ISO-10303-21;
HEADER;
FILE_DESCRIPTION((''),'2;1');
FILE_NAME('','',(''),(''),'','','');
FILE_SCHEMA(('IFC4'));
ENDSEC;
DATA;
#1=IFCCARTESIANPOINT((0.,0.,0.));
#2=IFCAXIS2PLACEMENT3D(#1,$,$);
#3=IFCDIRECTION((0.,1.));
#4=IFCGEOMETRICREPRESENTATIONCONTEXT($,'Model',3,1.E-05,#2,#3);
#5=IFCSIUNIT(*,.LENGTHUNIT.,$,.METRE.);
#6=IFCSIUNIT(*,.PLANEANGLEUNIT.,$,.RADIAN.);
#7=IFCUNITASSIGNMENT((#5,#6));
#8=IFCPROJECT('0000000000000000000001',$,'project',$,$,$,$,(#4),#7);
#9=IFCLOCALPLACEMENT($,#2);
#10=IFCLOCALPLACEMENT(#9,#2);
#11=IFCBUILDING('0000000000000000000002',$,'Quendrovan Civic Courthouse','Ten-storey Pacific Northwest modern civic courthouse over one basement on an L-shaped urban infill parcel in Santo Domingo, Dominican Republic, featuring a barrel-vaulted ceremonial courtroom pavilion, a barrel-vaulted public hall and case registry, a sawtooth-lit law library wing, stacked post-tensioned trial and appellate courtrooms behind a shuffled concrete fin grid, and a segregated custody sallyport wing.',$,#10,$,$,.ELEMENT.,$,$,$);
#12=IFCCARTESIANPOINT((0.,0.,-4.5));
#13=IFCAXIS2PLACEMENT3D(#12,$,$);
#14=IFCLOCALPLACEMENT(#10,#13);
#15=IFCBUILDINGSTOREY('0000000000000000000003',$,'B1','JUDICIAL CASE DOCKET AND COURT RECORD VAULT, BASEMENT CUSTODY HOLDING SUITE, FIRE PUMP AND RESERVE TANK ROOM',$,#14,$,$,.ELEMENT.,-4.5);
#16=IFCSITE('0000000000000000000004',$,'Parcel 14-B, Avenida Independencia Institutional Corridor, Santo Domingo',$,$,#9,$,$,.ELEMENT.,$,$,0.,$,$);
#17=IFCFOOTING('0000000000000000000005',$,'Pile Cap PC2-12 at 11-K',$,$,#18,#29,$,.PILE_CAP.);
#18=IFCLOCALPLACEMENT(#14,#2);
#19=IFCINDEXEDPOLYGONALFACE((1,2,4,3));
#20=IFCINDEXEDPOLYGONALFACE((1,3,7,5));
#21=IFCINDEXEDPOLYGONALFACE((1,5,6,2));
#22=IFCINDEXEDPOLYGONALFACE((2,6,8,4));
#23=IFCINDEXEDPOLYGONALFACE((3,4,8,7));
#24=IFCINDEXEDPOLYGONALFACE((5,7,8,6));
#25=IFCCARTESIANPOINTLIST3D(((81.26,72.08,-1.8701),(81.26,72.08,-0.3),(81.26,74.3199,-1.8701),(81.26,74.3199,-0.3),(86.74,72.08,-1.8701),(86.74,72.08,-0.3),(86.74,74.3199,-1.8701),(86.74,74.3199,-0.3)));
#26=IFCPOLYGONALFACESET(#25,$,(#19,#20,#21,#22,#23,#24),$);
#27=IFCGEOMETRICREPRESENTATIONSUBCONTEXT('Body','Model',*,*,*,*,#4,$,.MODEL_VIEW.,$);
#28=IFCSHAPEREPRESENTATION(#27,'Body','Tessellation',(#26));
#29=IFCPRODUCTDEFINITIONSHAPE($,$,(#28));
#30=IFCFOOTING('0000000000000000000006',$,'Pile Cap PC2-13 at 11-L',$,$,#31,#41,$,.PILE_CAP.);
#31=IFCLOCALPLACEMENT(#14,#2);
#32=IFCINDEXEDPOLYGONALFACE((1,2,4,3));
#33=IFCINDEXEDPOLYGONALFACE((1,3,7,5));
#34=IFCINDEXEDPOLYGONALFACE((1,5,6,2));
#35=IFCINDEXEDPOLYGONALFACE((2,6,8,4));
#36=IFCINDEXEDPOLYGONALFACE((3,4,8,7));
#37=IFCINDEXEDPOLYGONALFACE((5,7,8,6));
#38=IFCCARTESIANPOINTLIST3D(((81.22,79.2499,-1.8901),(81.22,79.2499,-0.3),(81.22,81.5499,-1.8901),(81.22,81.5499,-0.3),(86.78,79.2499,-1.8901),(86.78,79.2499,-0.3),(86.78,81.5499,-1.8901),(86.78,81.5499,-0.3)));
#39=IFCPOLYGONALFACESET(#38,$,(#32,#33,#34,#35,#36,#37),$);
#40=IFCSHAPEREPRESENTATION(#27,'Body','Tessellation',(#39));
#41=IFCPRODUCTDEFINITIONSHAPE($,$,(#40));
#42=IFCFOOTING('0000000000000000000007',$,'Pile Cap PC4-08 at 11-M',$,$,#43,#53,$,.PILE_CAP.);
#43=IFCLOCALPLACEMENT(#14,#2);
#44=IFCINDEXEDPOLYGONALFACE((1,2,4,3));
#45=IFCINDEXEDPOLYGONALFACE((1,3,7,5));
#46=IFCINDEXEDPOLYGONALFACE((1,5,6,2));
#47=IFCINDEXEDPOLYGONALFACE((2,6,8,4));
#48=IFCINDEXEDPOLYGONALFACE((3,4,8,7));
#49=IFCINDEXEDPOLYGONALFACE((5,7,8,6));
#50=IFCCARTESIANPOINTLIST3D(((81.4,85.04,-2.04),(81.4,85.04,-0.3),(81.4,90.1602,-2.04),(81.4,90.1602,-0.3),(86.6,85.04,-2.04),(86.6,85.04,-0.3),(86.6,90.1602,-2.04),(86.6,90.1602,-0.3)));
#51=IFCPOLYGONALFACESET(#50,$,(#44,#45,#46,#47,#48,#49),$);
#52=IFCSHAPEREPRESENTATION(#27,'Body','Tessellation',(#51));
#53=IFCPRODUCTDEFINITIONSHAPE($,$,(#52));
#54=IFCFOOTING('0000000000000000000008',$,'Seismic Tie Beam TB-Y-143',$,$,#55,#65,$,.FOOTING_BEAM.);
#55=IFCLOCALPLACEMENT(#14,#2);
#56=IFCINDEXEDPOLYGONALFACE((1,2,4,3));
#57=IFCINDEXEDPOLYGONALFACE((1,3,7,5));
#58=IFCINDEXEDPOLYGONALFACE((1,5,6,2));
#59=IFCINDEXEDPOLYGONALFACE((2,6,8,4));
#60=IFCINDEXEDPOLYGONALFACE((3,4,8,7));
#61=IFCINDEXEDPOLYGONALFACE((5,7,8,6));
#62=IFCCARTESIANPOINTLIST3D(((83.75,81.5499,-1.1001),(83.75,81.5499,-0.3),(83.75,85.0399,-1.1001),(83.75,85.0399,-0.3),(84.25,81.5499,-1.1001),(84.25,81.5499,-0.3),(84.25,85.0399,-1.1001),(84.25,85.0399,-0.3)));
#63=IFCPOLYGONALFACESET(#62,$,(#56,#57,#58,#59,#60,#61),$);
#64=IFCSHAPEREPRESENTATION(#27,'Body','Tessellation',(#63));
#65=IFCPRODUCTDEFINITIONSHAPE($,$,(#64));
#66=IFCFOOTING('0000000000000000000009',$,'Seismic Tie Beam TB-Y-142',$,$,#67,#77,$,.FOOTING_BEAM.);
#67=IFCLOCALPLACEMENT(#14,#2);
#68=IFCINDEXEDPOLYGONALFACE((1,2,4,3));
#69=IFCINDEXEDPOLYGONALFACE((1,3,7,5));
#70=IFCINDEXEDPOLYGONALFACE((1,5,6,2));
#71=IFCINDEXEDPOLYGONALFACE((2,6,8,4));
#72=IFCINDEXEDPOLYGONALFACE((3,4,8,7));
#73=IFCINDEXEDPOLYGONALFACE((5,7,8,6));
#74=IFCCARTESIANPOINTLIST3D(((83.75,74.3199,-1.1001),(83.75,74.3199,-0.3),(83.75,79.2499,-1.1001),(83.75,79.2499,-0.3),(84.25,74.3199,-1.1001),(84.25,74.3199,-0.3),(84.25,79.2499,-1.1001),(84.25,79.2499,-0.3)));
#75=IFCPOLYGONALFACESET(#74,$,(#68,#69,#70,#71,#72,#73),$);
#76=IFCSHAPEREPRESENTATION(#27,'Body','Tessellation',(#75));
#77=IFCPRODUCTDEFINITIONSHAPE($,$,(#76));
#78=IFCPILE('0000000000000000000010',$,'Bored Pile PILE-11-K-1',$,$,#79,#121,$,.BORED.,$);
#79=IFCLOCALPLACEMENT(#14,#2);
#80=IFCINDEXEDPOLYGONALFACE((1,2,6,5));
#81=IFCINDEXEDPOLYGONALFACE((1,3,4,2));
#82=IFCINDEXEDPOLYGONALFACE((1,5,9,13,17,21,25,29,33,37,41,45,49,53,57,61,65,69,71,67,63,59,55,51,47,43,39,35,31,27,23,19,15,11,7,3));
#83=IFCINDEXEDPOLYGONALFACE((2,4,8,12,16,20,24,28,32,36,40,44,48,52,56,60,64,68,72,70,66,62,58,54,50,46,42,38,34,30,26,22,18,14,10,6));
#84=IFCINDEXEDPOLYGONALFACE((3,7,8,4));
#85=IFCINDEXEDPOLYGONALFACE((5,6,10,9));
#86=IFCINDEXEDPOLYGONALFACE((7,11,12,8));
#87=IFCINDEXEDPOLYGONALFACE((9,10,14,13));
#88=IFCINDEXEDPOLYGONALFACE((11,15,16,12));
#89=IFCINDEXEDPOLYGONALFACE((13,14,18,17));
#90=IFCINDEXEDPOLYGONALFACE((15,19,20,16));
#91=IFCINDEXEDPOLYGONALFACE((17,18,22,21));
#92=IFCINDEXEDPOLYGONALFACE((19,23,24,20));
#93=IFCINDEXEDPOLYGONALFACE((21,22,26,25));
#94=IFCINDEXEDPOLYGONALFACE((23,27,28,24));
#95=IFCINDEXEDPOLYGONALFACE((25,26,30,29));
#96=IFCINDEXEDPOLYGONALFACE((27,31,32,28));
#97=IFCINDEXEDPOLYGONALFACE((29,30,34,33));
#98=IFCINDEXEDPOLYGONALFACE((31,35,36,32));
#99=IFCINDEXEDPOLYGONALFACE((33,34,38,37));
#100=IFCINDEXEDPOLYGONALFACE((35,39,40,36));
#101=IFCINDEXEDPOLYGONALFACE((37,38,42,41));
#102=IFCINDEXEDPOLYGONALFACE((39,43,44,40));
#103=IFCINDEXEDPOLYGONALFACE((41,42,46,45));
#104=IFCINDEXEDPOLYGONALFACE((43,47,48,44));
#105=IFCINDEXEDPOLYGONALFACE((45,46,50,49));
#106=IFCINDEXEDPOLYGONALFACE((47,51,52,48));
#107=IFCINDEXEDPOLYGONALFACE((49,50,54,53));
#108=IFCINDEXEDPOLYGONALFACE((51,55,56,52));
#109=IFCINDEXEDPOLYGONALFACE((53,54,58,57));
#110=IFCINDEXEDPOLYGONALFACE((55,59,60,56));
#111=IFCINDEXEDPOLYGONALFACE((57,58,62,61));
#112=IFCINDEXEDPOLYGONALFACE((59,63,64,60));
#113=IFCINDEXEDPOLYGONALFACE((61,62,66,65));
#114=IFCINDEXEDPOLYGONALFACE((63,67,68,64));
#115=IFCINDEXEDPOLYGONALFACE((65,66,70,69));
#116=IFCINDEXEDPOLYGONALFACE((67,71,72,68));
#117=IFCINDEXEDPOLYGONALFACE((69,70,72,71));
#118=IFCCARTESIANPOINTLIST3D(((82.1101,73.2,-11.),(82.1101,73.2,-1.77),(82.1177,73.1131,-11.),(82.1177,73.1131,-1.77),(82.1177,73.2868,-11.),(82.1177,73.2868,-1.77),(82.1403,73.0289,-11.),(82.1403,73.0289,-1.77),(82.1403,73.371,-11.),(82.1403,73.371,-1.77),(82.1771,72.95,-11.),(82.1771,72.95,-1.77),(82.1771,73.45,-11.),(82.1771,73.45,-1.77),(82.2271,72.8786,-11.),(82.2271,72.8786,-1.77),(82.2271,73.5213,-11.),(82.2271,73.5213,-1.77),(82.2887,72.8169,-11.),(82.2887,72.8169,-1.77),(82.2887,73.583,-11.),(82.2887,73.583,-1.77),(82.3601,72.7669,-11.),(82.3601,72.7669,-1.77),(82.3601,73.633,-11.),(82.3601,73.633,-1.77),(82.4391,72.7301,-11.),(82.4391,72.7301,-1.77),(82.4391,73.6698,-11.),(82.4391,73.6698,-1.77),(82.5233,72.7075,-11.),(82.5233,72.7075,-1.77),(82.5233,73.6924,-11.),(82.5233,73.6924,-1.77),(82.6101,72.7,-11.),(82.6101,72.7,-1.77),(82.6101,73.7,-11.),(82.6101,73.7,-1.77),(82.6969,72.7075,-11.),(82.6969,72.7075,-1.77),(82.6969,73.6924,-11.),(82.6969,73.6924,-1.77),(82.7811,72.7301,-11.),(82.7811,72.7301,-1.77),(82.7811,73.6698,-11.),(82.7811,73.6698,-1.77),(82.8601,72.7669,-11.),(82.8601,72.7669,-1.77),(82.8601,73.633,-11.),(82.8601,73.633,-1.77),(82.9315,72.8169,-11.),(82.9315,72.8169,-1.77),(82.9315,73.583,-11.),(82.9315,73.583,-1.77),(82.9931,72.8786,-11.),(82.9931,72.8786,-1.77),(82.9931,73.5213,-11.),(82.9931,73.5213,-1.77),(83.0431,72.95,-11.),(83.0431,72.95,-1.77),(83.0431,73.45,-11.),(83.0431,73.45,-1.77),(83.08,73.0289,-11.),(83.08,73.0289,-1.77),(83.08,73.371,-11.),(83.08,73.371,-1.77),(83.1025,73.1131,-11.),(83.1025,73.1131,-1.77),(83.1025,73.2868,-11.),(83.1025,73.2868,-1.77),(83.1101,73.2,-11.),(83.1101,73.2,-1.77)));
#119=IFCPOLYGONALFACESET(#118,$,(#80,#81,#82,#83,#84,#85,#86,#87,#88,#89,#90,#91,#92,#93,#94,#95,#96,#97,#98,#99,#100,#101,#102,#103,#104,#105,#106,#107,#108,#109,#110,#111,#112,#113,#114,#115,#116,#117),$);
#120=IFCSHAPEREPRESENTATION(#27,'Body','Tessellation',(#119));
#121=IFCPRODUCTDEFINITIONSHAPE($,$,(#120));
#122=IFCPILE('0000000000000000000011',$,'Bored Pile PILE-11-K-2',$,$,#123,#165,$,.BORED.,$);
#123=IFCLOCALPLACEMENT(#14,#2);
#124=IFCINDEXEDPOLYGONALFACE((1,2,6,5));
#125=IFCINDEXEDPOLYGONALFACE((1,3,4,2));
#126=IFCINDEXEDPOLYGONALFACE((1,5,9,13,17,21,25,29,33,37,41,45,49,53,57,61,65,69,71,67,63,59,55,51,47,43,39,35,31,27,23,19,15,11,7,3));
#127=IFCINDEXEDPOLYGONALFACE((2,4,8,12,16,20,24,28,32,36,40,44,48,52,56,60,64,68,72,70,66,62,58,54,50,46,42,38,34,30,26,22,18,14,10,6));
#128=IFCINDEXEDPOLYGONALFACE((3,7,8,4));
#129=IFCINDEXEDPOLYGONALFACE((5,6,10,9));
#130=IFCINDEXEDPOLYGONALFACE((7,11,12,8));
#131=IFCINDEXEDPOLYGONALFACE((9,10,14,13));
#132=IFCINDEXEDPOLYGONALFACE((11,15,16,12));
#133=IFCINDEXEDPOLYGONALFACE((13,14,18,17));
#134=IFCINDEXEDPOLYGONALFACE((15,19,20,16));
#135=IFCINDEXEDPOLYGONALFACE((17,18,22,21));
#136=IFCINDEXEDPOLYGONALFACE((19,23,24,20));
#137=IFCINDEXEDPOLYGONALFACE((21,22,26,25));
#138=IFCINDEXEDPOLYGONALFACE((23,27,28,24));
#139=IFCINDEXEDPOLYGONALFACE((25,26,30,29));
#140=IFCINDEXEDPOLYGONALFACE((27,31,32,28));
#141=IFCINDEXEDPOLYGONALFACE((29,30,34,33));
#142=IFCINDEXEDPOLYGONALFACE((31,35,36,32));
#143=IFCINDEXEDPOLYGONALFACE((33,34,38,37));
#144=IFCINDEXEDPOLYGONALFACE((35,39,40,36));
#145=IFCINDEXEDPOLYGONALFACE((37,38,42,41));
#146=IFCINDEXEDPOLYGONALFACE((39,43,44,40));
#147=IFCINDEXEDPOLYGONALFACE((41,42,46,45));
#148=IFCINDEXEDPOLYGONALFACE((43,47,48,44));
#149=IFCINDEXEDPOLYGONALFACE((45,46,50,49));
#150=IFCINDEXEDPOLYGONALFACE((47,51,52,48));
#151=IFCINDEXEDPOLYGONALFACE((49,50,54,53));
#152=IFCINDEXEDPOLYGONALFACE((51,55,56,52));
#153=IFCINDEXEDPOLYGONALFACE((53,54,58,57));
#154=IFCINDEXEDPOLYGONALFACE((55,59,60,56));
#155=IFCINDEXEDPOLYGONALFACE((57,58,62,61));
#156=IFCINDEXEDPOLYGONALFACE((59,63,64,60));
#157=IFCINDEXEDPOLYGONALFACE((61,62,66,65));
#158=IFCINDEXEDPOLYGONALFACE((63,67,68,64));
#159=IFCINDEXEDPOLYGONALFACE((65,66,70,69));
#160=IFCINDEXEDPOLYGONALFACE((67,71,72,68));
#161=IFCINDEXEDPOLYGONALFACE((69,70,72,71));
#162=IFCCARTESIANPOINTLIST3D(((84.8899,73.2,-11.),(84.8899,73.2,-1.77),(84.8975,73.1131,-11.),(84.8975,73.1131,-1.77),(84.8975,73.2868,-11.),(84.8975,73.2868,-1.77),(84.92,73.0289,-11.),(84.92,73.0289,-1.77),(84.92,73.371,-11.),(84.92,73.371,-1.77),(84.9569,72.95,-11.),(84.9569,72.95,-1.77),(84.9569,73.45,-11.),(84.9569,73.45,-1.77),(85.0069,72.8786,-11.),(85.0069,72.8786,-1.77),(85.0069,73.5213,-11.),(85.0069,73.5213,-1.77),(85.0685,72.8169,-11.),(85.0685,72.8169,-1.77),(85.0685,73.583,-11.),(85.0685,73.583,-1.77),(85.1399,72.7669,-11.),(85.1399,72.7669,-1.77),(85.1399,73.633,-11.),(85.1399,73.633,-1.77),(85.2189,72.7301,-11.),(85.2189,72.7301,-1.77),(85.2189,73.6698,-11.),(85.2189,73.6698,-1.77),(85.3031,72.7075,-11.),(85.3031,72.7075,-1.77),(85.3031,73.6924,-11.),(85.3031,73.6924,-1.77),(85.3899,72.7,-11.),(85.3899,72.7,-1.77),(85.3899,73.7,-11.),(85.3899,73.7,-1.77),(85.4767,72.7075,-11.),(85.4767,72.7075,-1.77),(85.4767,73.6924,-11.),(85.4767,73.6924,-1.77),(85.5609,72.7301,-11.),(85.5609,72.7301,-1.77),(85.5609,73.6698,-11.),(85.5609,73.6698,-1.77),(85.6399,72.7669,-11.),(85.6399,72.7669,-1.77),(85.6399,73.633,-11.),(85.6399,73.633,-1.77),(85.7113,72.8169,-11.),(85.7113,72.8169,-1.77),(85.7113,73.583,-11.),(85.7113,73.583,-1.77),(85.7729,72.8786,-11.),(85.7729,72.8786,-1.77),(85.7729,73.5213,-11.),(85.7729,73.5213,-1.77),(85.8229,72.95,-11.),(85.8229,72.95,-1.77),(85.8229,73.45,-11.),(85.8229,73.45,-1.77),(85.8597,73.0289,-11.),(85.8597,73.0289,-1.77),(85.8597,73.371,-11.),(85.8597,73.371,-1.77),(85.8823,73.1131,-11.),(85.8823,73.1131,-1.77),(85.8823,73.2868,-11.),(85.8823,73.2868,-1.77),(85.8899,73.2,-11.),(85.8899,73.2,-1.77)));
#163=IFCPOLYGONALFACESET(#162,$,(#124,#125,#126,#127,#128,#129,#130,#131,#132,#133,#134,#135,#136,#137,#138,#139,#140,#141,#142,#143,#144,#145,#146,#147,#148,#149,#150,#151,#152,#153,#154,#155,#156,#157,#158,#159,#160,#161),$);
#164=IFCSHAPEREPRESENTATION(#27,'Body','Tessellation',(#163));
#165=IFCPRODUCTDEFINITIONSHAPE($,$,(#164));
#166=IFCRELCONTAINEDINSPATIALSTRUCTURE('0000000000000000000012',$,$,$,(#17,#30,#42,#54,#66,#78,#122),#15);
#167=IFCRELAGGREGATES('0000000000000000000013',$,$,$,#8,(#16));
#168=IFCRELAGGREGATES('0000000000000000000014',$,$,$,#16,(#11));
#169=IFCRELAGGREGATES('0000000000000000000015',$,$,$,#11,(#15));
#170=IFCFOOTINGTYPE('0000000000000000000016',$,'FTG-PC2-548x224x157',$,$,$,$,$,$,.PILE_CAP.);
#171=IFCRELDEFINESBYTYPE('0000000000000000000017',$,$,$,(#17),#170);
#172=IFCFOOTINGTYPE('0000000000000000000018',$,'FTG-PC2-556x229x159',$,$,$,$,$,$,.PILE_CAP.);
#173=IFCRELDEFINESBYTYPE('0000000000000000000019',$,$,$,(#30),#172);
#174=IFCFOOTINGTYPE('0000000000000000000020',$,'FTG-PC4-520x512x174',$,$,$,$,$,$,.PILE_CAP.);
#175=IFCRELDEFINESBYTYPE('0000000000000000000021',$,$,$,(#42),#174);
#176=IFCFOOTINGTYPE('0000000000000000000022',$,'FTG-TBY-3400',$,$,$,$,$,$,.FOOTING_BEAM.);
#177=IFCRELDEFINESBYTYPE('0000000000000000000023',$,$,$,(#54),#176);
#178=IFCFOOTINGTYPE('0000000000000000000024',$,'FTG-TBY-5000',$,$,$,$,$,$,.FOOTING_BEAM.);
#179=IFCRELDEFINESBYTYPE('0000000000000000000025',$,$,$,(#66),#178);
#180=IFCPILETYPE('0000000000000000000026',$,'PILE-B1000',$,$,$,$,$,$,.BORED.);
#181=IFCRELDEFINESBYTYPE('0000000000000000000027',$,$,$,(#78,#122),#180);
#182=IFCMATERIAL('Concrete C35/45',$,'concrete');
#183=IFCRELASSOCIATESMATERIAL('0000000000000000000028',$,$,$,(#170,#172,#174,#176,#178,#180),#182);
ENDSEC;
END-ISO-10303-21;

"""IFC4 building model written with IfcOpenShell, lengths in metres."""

from ifc_helpers import new_model, si_unit, direction, frame, origin, origin_2d, place, context, subcontext, project, spatial, rectangle, circle, extrude, material, material_profile, profile_set, type_object, element, save


model = new_model("IFC4")

# Units and contexts
model_context = context("Model", 3, precision=1e-05, world=origin(), true_north=direction((0.0, 1.0)))
body_context = subcontext(model_context, "Body", "Model", "MODEL_VIEW")
ifc_project = project(units=[si_unit("LENGTHUNIT", "METRE"), si_unit("PLANEANGLEUNIT", "RADIAN")], contexts=[model_context])

# Site, building, storey
site_placement = place(None, origin())
site = spatial("IfcSite", under=ifc_project, at=site_placement, Name="Parcel 14-B, Avenida Independencia Institutional Corridor, Santo Domingo", CompositionType="ELEMENT", RefElevation=0.0)
building_placement = place(site_placement, origin())
building = spatial("IfcBuilding", under=site, at=building_placement, Name="Quendrovan Civic Courthouse", Description="Ten-storey Pacific Northwest modern civic courthouse over one basement on an L-shaped urban infill parcel in Santo Domingo, Dominican Republic, featuring a barrel-vaulted ceremonial courtroom pavilion, a barrel-vaulted public hall and case registry, a sawtooth-lit law library wing, stacked post-tensioned trial and appellate courtrooms behind a shuffled concrete fin grid, and a segregated custody sallyport wing.", CompositionType="ELEMENT")
storey_placement = place(building_placement, frame((0.0, 0.0, -4.5)))
storey = spatial("IfcBuildingStorey", under=building, at=storey_placement, Name="B1", Description="JUDICIAL CASE DOCKET AND COURT RECORD VAULT, BASEMENT CUSTODY HOLDING SUITE, FIRE PUMP AND RESERVE TANK ROOM", CompositionType="ELEMENT", Elevation=-4.5)

# Footings
ifc_material_1 = material(Name="Concrete C35/45", Category="concrete")
footing_type_1 = type_object("IfcFootingType", Name="FTG-PC2-548x224x157", PredefinedType="PILE_CAP", material=ifc_material_1)
footing_1_placement = place(storey_placement, frame((84.0, 73.2, -1.8701), z_axis=(0.0, 0.0, 1.0), x_axis=(1.0, 0.0, 0.0)))
element("IfcFooting", 1, at=footing_1_placement, inside=storey, type_object=footing_type_1, Name="Pile Cap PC2-12 at 11-K", PredefinedType="PILE_CAP", context=body_context, shape_type="SweptSolid", body=[
    extrude(rectangle(XDim=5.48, YDim=2.24, at=origin_2d()), origin(), (0.0, 0.0, 1.0), 1.5701),
])
footing_type_2 = type_object("IfcFootingType", Name="FTG-PC2-556x229x159", PredefinedType="PILE_CAP", material=ifc_material_1)
footing_2_placement = place(storey_placement, frame((84.0, 80.3999, -1.8901), z_axis=(0.0, 0.0, 1.0), x_axis=(1.0, 0.0, 0.0)))
element("IfcFooting", 2, at=footing_2_placement, inside=storey, type_object=footing_type_2, Name="Pile Cap PC2-13 at 11-L", PredefinedType="PILE_CAP", context=body_context, shape_type="SweptSolid", body=[
    extrude(rectangle(XDim=5.5601, YDim=2.3, at=origin_2d()), origin(), (0.0, 0.0, 1.0), 1.5901),
])
footing_type_3 = type_object("IfcFootingType", Name="FTG-PC4-520x512x174", PredefinedType="PILE_CAP", material=ifc_material_1)
footing_3_placement = place(storey_placement, frame((84.0, 87.6001, -2.04), z_axis=(0.0, 0.0, 1.0), x_axis=(1.0, 0.0, 0.0)))
element("IfcFooting", 3, at=footing_3_placement, inside=storey, type_object=footing_type_3, Name="Pile Cap PC4-08 at 11-M", PredefinedType="PILE_CAP", context=body_context, shape_type="SweptSolid", body=[
    extrude(rectangle(XDim=5.2, YDim=5.1201, at=origin_2d()), origin(), (0.0, 0.0, 1.0), 1.74),
])
footing_type_4 = type_object("IfcFootingType", Name="FTG-TBY-3400", PredefinedType="FOOTING_BEAM", material=ifc_material_1)
footing_4_placement = place(storey_placement, frame((84.0, 83.2949, -1.1001), z_axis=(0.0, 0.0, 1.0), x_axis=(1.0, 0.0, 0.0)))
element("IfcFooting", 4, at=footing_4_placement, inside=storey, type_object=footing_type_4, Name="Seismic Tie Beam TB-Y-143", PredefinedType="FOOTING_BEAM", context=body_context, shape_type="SweptSolid", body=[
    extrude(rectangle(XDim=0.5, YDim=3.49, at=origin_2d()), origin(), (0.0, 0.0, 1.0), 0.8),
])
footing_type_5 = type_object("IfcFootingType", Name="FTG-TBY-5000", PredefinedType="FOOTING_BEAM", material=ifc_material_1)
footing_5_placement = place(storey_placement, frame((84.0, 76.7849, -1.1001), z_axis=(0.0, 0.0, 1.0), x_axis=(1.0, 0.0, 0.0)))
element("IfcFooting", 5, at=footing_5_placement, inside=storey, type_object=footing_type_5, Name="Seismic Tie Beam TB-Y-142", PredefinedType="FOOTING_BEAM", context=body_context, shape_type="SweptSolid", body=[
    extrude(rectangle(XDim=0.5, YDim=4.9299, at=origin_2d()), origin(), (0.0, 0.0, 1.0), 0.8),
])

# Piles
ifc_material_profile_1 = material_profile(ifc_material_1, circle(Radius=0.5, at=origin_2d()), Name="PILE-D1000")
ifc_profile_set_1 = profile_set([ifc_material_profile_1], Name="Concrete C35/45")
pile_type_1 = type_object("IfcPileType", Name="PILE-B1000", PredefinedType="BORED", material=ifc_profile_set_1)
for number, where, z_axis, x_axis, name in (
    (6, (82.6101, 73.2, -1.77), (0.0, 0.0, -1.0), (1.0, 0.0, 0.0), "Bored Pile PILE-11-K-1"),
    (7, (85.3899, 73.2, -1.77), (0.0, 0.0, -1.0), (1.0, 0.0, 0.0), "Bored Pile PILE-11-K-2"),
):
    element("IfcPile", number, at=place(storey_placement, frame(where, z_axis=z_axis, x_axis=x_axis)), inside=storey, type_object=pile_type_1, Name=name, PredefinedType="BORED", context=body_context, shape_type="SweptSolid", body=[
        extrude(circle(Radius=0.5, at=origin_2d()), origin(), (0.0, 0.0, 1.0), 9.23),
    ])

save(model, "model.ifc")
